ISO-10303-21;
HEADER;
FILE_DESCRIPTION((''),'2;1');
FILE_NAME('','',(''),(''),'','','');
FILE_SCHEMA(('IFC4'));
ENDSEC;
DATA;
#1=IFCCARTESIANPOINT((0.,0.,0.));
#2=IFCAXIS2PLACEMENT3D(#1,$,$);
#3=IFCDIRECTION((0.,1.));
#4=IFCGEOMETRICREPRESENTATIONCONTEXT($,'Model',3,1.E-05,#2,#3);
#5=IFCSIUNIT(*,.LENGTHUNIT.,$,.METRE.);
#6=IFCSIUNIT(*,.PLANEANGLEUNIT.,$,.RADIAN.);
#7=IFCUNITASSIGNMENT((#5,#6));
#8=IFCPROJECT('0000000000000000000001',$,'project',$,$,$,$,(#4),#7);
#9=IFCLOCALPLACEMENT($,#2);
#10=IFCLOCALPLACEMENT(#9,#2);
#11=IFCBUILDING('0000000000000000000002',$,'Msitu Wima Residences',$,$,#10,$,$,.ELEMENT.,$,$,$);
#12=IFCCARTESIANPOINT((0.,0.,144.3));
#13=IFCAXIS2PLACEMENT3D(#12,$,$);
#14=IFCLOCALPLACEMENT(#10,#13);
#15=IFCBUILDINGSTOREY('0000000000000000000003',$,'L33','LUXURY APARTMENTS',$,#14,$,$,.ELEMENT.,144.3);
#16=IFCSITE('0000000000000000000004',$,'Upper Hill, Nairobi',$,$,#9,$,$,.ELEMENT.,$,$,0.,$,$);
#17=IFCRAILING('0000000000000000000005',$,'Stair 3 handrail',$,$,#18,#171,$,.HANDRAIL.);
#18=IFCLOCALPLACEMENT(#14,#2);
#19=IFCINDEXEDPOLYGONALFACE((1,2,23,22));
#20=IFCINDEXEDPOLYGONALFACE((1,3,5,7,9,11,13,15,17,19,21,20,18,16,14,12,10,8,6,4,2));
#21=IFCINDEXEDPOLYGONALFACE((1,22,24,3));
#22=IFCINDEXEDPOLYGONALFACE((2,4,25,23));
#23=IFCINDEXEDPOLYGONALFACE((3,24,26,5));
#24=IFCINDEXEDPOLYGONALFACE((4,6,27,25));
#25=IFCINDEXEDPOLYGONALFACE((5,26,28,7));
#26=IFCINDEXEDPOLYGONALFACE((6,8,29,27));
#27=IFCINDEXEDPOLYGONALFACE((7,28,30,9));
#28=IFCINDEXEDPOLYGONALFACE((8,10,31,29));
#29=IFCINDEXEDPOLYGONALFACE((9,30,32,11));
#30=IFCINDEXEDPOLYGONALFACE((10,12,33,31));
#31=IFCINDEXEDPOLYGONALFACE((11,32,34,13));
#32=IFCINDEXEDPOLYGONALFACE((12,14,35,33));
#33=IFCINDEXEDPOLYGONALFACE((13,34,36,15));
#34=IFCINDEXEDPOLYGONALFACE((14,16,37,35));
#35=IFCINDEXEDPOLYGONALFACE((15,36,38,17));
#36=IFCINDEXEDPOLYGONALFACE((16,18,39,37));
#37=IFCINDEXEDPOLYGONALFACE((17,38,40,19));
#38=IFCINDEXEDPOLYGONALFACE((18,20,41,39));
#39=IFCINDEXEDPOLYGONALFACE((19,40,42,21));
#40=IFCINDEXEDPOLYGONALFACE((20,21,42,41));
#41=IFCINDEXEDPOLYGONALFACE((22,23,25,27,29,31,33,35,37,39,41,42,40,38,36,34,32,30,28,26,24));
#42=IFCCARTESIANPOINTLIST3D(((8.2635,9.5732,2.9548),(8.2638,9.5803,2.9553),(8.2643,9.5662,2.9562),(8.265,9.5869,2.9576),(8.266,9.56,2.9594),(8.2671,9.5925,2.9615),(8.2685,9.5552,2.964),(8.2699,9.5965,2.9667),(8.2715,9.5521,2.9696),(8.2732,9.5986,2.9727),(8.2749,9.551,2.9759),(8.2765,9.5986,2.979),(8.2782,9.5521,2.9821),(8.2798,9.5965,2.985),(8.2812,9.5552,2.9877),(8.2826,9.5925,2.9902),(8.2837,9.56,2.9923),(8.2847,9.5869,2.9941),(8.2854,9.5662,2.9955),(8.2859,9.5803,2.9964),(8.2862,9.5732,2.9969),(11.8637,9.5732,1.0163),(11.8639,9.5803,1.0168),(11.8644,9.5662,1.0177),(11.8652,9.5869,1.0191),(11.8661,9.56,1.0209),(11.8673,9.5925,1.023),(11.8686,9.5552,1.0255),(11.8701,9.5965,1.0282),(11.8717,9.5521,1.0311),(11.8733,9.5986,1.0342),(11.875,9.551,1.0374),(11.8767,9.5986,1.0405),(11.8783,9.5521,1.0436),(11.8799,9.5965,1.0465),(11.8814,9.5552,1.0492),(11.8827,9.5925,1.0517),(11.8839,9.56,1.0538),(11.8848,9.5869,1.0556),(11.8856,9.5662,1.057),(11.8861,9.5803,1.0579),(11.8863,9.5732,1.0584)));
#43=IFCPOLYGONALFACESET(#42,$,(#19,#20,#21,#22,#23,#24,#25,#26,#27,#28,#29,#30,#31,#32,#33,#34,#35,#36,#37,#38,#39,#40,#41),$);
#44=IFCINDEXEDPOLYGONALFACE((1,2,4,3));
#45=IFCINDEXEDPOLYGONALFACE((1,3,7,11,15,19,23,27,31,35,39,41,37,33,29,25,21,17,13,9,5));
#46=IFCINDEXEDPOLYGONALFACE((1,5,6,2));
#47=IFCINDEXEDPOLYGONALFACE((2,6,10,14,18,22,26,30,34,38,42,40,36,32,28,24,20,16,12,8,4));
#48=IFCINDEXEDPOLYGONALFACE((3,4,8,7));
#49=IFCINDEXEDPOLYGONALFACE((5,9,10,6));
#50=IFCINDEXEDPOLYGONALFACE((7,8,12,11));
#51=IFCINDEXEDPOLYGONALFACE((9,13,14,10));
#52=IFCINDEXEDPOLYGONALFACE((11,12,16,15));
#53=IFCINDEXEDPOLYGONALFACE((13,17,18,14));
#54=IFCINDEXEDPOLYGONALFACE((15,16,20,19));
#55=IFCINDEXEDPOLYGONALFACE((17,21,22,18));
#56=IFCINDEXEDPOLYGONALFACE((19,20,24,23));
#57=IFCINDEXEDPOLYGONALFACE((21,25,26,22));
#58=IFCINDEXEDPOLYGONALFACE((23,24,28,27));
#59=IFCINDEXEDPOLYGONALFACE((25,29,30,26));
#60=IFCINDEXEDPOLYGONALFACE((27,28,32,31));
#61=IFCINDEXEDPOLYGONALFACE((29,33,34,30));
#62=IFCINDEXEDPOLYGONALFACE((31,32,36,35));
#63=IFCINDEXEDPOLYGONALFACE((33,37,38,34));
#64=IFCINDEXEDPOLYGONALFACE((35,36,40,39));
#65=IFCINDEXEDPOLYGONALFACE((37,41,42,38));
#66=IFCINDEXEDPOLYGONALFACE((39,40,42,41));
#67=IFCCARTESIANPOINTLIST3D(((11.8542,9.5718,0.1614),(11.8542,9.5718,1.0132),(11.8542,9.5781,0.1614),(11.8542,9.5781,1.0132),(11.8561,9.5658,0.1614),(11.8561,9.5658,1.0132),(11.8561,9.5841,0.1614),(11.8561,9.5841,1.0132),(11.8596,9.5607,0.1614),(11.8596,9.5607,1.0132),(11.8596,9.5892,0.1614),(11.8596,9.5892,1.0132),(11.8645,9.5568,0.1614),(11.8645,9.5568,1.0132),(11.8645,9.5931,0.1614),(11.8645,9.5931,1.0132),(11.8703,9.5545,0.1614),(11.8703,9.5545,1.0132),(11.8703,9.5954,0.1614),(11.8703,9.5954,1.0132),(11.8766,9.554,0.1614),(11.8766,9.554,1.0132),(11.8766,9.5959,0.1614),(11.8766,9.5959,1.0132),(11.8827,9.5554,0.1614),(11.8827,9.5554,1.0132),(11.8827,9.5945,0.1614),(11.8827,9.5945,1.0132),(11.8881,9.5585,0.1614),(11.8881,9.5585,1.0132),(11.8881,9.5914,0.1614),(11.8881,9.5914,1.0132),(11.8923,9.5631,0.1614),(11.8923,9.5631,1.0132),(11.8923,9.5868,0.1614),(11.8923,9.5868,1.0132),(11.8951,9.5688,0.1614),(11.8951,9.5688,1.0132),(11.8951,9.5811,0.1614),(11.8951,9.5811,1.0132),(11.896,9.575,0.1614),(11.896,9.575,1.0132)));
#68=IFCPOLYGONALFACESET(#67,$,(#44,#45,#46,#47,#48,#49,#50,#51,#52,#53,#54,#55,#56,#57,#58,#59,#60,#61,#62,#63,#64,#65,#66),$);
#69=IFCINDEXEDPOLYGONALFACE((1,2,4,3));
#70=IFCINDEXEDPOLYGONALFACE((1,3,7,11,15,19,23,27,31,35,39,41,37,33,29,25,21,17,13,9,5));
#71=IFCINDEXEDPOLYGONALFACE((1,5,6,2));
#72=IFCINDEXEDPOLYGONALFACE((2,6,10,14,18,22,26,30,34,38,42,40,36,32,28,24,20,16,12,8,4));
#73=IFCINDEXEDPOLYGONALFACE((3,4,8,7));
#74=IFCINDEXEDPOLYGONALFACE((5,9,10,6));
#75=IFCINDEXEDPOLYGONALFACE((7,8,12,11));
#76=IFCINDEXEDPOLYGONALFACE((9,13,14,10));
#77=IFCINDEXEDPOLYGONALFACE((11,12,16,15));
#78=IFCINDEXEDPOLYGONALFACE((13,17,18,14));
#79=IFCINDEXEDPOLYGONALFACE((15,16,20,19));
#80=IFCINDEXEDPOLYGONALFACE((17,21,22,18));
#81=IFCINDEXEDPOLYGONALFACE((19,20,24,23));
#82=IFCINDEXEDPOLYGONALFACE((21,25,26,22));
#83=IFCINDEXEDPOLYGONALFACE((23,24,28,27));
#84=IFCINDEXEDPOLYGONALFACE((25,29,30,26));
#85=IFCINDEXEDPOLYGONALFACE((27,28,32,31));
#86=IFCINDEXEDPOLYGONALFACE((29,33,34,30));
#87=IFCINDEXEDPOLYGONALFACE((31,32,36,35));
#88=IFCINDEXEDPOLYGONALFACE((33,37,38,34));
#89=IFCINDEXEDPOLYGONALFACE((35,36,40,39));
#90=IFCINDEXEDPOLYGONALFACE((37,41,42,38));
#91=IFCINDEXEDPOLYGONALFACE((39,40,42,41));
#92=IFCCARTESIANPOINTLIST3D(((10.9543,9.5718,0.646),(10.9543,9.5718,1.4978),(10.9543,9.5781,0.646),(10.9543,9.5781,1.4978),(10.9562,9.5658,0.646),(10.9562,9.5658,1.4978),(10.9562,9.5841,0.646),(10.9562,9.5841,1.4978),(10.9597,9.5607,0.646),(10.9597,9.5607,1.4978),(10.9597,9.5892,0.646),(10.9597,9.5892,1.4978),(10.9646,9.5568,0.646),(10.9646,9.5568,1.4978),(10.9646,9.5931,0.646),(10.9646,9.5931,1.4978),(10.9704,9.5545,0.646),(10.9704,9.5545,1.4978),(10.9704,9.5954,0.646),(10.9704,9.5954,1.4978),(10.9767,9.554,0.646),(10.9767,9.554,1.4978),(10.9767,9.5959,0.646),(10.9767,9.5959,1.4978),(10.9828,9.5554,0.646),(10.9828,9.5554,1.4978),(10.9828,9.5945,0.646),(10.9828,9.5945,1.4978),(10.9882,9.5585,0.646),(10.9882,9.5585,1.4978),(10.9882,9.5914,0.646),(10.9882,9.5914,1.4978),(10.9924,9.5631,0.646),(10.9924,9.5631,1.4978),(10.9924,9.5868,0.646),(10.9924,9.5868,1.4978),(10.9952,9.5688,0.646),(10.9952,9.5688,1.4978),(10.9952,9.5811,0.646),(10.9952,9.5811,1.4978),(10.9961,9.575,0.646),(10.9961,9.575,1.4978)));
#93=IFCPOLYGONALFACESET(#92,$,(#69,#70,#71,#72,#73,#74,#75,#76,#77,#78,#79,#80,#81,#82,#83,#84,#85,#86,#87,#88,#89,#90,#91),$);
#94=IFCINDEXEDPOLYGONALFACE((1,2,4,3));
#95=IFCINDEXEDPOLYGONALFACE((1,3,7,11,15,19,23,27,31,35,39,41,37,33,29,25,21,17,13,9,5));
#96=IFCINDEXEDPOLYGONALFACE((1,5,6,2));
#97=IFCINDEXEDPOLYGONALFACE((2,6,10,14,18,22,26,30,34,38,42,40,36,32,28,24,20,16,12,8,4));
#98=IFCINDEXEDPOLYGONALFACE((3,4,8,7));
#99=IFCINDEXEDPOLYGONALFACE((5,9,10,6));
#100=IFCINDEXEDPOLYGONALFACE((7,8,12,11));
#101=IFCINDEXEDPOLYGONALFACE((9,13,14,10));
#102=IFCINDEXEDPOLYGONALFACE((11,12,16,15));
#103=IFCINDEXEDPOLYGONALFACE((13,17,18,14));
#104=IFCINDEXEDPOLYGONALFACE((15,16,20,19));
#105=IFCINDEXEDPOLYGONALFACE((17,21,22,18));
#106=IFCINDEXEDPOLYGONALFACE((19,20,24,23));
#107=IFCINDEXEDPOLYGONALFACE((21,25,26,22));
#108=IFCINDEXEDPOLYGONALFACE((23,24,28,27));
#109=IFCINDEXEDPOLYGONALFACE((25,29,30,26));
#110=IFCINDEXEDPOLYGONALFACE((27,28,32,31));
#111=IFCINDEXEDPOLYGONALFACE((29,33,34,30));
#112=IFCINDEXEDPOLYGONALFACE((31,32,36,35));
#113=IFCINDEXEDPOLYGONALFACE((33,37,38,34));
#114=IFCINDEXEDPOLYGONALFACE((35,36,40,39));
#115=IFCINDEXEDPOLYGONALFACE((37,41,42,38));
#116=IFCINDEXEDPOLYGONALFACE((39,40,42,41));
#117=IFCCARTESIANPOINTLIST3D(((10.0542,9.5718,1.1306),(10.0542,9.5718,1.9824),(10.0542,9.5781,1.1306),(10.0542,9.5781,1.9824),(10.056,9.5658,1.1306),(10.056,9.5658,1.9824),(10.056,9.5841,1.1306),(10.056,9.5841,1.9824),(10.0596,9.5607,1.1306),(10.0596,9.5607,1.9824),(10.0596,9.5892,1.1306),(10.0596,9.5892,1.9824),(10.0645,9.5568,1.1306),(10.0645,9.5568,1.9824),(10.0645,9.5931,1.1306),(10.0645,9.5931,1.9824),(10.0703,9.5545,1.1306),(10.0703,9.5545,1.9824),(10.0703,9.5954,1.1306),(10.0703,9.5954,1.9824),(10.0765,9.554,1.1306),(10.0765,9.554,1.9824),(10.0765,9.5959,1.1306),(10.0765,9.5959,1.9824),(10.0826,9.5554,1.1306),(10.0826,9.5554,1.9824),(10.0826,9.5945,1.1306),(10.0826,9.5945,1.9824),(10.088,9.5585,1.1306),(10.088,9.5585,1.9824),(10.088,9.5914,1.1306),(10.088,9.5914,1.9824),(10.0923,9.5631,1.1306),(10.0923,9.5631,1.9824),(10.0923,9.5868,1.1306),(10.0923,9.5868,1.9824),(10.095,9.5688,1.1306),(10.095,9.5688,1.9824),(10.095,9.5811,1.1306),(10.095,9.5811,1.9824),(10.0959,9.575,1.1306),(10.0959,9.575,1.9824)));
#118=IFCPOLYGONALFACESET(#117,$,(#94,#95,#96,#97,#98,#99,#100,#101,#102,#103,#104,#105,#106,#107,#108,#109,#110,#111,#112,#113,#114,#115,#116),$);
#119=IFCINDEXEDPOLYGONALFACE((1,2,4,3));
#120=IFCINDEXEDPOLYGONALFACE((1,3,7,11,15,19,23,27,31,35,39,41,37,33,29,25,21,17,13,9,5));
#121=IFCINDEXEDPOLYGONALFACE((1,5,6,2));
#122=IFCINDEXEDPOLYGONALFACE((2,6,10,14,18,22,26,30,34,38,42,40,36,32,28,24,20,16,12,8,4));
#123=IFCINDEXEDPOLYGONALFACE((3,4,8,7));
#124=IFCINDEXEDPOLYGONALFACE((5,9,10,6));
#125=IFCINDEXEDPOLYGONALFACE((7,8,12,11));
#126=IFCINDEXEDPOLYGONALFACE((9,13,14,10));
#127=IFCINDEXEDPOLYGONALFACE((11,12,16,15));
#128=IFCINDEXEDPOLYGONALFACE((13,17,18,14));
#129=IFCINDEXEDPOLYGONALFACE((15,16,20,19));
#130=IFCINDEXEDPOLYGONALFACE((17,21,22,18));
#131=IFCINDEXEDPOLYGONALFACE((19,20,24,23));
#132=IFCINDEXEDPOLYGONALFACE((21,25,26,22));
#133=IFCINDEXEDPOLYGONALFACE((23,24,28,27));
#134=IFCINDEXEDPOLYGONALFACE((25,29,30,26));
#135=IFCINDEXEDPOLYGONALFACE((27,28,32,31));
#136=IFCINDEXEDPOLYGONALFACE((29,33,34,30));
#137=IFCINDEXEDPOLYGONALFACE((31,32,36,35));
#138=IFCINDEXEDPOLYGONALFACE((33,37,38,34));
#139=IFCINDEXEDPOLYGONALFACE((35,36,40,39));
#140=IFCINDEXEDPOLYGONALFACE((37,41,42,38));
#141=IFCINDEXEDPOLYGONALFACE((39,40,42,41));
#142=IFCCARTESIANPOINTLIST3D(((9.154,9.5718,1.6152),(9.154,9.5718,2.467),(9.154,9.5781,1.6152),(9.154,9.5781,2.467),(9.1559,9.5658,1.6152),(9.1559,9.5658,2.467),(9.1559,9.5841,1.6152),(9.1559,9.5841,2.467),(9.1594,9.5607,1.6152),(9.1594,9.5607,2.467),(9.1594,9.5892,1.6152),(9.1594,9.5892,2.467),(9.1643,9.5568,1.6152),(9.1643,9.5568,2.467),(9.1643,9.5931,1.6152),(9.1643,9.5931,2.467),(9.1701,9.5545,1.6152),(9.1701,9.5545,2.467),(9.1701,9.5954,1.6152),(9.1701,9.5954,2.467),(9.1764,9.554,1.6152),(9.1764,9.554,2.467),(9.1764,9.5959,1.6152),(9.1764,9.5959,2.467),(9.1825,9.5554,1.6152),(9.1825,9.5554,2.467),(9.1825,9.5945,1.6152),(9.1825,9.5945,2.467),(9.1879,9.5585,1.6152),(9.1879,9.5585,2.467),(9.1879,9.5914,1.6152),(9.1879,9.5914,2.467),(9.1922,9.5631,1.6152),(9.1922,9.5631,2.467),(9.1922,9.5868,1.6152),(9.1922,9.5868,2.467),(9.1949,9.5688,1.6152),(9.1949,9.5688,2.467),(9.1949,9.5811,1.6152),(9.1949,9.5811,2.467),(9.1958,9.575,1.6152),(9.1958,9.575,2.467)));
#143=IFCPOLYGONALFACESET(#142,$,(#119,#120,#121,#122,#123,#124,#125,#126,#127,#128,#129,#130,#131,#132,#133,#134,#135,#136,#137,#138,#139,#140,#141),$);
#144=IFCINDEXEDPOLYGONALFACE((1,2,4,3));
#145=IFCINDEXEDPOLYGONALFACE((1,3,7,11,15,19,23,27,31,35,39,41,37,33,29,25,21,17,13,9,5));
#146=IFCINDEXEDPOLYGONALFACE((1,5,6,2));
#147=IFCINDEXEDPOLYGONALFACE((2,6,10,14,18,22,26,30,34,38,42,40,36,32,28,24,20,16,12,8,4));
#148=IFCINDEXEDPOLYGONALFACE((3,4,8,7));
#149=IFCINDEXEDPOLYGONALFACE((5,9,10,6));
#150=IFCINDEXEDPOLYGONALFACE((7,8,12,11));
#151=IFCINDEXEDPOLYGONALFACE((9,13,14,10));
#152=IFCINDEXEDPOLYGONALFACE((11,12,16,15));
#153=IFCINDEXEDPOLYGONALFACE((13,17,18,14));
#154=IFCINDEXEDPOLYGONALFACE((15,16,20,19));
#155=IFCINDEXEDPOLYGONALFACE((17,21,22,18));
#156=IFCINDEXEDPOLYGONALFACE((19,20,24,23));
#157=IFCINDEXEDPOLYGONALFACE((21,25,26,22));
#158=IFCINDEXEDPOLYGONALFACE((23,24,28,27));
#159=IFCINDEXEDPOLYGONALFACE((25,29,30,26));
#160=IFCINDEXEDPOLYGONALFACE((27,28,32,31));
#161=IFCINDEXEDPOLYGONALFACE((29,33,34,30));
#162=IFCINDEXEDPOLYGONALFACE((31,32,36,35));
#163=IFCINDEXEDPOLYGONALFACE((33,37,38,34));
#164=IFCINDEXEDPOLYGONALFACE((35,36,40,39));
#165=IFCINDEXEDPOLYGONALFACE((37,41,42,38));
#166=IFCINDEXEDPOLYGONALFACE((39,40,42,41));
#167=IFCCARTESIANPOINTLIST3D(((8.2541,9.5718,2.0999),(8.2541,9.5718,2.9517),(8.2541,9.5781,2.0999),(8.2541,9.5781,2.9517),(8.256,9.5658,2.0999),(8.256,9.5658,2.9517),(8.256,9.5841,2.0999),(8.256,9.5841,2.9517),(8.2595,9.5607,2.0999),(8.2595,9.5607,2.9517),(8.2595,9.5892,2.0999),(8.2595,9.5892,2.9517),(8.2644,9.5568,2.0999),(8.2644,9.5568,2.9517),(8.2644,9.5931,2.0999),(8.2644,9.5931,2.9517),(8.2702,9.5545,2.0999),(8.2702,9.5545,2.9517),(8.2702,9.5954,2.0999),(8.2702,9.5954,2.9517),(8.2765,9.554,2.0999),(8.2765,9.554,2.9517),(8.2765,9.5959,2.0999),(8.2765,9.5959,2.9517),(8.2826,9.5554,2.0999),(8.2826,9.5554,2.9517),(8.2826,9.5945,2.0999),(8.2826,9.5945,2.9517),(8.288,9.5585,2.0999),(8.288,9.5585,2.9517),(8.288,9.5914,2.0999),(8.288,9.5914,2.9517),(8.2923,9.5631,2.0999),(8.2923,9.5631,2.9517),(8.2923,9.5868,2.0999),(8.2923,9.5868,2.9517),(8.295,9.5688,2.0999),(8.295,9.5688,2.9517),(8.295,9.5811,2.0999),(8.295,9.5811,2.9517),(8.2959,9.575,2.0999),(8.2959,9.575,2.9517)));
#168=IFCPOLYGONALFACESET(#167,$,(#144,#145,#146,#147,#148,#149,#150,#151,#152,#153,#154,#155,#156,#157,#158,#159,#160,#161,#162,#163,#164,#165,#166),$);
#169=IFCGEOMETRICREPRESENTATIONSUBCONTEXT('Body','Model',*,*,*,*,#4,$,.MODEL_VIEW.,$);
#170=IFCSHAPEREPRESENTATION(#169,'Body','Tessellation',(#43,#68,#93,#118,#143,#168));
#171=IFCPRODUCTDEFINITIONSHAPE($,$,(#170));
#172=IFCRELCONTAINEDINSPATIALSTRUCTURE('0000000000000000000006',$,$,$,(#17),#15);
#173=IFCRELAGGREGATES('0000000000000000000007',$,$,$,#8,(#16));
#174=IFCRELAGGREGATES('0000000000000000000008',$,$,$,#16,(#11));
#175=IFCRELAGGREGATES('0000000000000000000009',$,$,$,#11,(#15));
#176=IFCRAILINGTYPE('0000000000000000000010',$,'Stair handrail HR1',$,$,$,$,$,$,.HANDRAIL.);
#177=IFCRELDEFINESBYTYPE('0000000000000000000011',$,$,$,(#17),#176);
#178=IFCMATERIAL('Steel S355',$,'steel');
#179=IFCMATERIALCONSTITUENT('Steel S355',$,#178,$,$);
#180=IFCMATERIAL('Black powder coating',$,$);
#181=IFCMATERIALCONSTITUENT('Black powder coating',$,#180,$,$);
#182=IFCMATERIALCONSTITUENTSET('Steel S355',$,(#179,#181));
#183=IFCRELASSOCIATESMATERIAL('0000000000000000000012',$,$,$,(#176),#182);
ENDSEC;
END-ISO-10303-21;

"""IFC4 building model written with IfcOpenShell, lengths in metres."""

from ifc_helpers import new_model, si_unit, direction, frame, origin, origin_2d, place, context, subcontext, project, spatial, circle, extrude, material, constituent, constituent_set, type_object, element, save


model = new_model("IFC4")

# Units and contexts
model_context = context("Model", 3, precision=1e-05, world=origin(), true_north=direction((0.0, 1.0)))
body_context = subcontext(model_context, "Body", "Model", "MODEL_VIEW")
ifc_project = project(units=[si_unit("LENGTHUNIT", "METRE"), si_unit("PLANEANGLEUNIT", "RADIAN")], contexts=[model_context])

# Site, building, storey
site_placement = place(None, origin())
site = spatial("IfcSite", under=ifc_project, at=site_placement, Name="Upper Hill, Nairobi", CompositionType="ELEMENT", RefElevation=0.0)
building_placement = place(site_placement, origin())
building = spatial("IfcBuilding", under=site, at=building_placement, Name="Msitu Wima Residences", CompositionType="ELEMENT")
storey_placement = place(building_placement, frame((0.0, 0.0, 144.3)))
storey = spatial("IfcBuildingStorey", under=building, at=storey_placement, Name="L33", Description="LUXURY APARTMENTS", CompositionType="ELEMENT", Elevation=144.3)

# Railing
ifc_material_1 = material(Name="Steel S355", Category="steel")
ifc_constituent_1 = constituent(ifc_material_1, Name="Steel S355")
ifc_material_2 = material(Name="Black powder coating")
ifc_constituent_2 = constituent(ifc_material_2, Name="Black powder coating")
ifc_constituent_set_1 = constituent_set(constituents=[ifc_constituent_1, ifc_constituent_2], Name="Steel S355")
railing_type_1 = type_object("IfcRailingType", Name="Stair handrail HR1", PredefinedType="HANDRAIL", material=ifc_constituent_set_1)
for number, where, name in (
    (1, (11.875, 9.575, 0.1614), "Stair 3 handrail"),
):
    element("IfcRailing", number, at=place(storey_placement, frame(where)), inside=storey, type_object=railing_type_1, Name=name, PredefinedType="HANDRAIL", context=body_context, shape_type="SweptSolid", body=[
        extrude(circle(Radius=0.0239, at=origin_2d()), frame((0.0, 0.0, 0.876), z_axis=(-0.880475, 0.0, 0.474093), x_axis=(0.0, -1.0, 0.0)), (0.0, 0.0, 1.0), 4.0889),
        extrude(circle(Radius=0.021, at=origin_2d()), origin(), (0.0, 0.0, 1.0), 0.8518),
        extrude(circle(Radius=0.021, at=origin_2d()), frame((-0.8999, 0.0, 0.4846)), (0.0, 0.0, 1.0), 0.8518),
        extrude(circle(Radius=0.021, at=origin_2d()), frame((-1.8, 0.0, 0.9692)), (0.0, 0.0, 1.0), 0.8518),
        extrude(circle(Radius=0.021, at=origin_2d()), frame((-2.7002, 0.0, 1.4539)), (0.0, 0.0, 1.0), 0.8518),
        extrude(circle(Radius=0.021, at=origin_2d()), frame((-3.6001, 0.0, 1.9385)), (0.0, 0.0, 1.0), 0.8518),
    ])

save(model, "model.ifc")
